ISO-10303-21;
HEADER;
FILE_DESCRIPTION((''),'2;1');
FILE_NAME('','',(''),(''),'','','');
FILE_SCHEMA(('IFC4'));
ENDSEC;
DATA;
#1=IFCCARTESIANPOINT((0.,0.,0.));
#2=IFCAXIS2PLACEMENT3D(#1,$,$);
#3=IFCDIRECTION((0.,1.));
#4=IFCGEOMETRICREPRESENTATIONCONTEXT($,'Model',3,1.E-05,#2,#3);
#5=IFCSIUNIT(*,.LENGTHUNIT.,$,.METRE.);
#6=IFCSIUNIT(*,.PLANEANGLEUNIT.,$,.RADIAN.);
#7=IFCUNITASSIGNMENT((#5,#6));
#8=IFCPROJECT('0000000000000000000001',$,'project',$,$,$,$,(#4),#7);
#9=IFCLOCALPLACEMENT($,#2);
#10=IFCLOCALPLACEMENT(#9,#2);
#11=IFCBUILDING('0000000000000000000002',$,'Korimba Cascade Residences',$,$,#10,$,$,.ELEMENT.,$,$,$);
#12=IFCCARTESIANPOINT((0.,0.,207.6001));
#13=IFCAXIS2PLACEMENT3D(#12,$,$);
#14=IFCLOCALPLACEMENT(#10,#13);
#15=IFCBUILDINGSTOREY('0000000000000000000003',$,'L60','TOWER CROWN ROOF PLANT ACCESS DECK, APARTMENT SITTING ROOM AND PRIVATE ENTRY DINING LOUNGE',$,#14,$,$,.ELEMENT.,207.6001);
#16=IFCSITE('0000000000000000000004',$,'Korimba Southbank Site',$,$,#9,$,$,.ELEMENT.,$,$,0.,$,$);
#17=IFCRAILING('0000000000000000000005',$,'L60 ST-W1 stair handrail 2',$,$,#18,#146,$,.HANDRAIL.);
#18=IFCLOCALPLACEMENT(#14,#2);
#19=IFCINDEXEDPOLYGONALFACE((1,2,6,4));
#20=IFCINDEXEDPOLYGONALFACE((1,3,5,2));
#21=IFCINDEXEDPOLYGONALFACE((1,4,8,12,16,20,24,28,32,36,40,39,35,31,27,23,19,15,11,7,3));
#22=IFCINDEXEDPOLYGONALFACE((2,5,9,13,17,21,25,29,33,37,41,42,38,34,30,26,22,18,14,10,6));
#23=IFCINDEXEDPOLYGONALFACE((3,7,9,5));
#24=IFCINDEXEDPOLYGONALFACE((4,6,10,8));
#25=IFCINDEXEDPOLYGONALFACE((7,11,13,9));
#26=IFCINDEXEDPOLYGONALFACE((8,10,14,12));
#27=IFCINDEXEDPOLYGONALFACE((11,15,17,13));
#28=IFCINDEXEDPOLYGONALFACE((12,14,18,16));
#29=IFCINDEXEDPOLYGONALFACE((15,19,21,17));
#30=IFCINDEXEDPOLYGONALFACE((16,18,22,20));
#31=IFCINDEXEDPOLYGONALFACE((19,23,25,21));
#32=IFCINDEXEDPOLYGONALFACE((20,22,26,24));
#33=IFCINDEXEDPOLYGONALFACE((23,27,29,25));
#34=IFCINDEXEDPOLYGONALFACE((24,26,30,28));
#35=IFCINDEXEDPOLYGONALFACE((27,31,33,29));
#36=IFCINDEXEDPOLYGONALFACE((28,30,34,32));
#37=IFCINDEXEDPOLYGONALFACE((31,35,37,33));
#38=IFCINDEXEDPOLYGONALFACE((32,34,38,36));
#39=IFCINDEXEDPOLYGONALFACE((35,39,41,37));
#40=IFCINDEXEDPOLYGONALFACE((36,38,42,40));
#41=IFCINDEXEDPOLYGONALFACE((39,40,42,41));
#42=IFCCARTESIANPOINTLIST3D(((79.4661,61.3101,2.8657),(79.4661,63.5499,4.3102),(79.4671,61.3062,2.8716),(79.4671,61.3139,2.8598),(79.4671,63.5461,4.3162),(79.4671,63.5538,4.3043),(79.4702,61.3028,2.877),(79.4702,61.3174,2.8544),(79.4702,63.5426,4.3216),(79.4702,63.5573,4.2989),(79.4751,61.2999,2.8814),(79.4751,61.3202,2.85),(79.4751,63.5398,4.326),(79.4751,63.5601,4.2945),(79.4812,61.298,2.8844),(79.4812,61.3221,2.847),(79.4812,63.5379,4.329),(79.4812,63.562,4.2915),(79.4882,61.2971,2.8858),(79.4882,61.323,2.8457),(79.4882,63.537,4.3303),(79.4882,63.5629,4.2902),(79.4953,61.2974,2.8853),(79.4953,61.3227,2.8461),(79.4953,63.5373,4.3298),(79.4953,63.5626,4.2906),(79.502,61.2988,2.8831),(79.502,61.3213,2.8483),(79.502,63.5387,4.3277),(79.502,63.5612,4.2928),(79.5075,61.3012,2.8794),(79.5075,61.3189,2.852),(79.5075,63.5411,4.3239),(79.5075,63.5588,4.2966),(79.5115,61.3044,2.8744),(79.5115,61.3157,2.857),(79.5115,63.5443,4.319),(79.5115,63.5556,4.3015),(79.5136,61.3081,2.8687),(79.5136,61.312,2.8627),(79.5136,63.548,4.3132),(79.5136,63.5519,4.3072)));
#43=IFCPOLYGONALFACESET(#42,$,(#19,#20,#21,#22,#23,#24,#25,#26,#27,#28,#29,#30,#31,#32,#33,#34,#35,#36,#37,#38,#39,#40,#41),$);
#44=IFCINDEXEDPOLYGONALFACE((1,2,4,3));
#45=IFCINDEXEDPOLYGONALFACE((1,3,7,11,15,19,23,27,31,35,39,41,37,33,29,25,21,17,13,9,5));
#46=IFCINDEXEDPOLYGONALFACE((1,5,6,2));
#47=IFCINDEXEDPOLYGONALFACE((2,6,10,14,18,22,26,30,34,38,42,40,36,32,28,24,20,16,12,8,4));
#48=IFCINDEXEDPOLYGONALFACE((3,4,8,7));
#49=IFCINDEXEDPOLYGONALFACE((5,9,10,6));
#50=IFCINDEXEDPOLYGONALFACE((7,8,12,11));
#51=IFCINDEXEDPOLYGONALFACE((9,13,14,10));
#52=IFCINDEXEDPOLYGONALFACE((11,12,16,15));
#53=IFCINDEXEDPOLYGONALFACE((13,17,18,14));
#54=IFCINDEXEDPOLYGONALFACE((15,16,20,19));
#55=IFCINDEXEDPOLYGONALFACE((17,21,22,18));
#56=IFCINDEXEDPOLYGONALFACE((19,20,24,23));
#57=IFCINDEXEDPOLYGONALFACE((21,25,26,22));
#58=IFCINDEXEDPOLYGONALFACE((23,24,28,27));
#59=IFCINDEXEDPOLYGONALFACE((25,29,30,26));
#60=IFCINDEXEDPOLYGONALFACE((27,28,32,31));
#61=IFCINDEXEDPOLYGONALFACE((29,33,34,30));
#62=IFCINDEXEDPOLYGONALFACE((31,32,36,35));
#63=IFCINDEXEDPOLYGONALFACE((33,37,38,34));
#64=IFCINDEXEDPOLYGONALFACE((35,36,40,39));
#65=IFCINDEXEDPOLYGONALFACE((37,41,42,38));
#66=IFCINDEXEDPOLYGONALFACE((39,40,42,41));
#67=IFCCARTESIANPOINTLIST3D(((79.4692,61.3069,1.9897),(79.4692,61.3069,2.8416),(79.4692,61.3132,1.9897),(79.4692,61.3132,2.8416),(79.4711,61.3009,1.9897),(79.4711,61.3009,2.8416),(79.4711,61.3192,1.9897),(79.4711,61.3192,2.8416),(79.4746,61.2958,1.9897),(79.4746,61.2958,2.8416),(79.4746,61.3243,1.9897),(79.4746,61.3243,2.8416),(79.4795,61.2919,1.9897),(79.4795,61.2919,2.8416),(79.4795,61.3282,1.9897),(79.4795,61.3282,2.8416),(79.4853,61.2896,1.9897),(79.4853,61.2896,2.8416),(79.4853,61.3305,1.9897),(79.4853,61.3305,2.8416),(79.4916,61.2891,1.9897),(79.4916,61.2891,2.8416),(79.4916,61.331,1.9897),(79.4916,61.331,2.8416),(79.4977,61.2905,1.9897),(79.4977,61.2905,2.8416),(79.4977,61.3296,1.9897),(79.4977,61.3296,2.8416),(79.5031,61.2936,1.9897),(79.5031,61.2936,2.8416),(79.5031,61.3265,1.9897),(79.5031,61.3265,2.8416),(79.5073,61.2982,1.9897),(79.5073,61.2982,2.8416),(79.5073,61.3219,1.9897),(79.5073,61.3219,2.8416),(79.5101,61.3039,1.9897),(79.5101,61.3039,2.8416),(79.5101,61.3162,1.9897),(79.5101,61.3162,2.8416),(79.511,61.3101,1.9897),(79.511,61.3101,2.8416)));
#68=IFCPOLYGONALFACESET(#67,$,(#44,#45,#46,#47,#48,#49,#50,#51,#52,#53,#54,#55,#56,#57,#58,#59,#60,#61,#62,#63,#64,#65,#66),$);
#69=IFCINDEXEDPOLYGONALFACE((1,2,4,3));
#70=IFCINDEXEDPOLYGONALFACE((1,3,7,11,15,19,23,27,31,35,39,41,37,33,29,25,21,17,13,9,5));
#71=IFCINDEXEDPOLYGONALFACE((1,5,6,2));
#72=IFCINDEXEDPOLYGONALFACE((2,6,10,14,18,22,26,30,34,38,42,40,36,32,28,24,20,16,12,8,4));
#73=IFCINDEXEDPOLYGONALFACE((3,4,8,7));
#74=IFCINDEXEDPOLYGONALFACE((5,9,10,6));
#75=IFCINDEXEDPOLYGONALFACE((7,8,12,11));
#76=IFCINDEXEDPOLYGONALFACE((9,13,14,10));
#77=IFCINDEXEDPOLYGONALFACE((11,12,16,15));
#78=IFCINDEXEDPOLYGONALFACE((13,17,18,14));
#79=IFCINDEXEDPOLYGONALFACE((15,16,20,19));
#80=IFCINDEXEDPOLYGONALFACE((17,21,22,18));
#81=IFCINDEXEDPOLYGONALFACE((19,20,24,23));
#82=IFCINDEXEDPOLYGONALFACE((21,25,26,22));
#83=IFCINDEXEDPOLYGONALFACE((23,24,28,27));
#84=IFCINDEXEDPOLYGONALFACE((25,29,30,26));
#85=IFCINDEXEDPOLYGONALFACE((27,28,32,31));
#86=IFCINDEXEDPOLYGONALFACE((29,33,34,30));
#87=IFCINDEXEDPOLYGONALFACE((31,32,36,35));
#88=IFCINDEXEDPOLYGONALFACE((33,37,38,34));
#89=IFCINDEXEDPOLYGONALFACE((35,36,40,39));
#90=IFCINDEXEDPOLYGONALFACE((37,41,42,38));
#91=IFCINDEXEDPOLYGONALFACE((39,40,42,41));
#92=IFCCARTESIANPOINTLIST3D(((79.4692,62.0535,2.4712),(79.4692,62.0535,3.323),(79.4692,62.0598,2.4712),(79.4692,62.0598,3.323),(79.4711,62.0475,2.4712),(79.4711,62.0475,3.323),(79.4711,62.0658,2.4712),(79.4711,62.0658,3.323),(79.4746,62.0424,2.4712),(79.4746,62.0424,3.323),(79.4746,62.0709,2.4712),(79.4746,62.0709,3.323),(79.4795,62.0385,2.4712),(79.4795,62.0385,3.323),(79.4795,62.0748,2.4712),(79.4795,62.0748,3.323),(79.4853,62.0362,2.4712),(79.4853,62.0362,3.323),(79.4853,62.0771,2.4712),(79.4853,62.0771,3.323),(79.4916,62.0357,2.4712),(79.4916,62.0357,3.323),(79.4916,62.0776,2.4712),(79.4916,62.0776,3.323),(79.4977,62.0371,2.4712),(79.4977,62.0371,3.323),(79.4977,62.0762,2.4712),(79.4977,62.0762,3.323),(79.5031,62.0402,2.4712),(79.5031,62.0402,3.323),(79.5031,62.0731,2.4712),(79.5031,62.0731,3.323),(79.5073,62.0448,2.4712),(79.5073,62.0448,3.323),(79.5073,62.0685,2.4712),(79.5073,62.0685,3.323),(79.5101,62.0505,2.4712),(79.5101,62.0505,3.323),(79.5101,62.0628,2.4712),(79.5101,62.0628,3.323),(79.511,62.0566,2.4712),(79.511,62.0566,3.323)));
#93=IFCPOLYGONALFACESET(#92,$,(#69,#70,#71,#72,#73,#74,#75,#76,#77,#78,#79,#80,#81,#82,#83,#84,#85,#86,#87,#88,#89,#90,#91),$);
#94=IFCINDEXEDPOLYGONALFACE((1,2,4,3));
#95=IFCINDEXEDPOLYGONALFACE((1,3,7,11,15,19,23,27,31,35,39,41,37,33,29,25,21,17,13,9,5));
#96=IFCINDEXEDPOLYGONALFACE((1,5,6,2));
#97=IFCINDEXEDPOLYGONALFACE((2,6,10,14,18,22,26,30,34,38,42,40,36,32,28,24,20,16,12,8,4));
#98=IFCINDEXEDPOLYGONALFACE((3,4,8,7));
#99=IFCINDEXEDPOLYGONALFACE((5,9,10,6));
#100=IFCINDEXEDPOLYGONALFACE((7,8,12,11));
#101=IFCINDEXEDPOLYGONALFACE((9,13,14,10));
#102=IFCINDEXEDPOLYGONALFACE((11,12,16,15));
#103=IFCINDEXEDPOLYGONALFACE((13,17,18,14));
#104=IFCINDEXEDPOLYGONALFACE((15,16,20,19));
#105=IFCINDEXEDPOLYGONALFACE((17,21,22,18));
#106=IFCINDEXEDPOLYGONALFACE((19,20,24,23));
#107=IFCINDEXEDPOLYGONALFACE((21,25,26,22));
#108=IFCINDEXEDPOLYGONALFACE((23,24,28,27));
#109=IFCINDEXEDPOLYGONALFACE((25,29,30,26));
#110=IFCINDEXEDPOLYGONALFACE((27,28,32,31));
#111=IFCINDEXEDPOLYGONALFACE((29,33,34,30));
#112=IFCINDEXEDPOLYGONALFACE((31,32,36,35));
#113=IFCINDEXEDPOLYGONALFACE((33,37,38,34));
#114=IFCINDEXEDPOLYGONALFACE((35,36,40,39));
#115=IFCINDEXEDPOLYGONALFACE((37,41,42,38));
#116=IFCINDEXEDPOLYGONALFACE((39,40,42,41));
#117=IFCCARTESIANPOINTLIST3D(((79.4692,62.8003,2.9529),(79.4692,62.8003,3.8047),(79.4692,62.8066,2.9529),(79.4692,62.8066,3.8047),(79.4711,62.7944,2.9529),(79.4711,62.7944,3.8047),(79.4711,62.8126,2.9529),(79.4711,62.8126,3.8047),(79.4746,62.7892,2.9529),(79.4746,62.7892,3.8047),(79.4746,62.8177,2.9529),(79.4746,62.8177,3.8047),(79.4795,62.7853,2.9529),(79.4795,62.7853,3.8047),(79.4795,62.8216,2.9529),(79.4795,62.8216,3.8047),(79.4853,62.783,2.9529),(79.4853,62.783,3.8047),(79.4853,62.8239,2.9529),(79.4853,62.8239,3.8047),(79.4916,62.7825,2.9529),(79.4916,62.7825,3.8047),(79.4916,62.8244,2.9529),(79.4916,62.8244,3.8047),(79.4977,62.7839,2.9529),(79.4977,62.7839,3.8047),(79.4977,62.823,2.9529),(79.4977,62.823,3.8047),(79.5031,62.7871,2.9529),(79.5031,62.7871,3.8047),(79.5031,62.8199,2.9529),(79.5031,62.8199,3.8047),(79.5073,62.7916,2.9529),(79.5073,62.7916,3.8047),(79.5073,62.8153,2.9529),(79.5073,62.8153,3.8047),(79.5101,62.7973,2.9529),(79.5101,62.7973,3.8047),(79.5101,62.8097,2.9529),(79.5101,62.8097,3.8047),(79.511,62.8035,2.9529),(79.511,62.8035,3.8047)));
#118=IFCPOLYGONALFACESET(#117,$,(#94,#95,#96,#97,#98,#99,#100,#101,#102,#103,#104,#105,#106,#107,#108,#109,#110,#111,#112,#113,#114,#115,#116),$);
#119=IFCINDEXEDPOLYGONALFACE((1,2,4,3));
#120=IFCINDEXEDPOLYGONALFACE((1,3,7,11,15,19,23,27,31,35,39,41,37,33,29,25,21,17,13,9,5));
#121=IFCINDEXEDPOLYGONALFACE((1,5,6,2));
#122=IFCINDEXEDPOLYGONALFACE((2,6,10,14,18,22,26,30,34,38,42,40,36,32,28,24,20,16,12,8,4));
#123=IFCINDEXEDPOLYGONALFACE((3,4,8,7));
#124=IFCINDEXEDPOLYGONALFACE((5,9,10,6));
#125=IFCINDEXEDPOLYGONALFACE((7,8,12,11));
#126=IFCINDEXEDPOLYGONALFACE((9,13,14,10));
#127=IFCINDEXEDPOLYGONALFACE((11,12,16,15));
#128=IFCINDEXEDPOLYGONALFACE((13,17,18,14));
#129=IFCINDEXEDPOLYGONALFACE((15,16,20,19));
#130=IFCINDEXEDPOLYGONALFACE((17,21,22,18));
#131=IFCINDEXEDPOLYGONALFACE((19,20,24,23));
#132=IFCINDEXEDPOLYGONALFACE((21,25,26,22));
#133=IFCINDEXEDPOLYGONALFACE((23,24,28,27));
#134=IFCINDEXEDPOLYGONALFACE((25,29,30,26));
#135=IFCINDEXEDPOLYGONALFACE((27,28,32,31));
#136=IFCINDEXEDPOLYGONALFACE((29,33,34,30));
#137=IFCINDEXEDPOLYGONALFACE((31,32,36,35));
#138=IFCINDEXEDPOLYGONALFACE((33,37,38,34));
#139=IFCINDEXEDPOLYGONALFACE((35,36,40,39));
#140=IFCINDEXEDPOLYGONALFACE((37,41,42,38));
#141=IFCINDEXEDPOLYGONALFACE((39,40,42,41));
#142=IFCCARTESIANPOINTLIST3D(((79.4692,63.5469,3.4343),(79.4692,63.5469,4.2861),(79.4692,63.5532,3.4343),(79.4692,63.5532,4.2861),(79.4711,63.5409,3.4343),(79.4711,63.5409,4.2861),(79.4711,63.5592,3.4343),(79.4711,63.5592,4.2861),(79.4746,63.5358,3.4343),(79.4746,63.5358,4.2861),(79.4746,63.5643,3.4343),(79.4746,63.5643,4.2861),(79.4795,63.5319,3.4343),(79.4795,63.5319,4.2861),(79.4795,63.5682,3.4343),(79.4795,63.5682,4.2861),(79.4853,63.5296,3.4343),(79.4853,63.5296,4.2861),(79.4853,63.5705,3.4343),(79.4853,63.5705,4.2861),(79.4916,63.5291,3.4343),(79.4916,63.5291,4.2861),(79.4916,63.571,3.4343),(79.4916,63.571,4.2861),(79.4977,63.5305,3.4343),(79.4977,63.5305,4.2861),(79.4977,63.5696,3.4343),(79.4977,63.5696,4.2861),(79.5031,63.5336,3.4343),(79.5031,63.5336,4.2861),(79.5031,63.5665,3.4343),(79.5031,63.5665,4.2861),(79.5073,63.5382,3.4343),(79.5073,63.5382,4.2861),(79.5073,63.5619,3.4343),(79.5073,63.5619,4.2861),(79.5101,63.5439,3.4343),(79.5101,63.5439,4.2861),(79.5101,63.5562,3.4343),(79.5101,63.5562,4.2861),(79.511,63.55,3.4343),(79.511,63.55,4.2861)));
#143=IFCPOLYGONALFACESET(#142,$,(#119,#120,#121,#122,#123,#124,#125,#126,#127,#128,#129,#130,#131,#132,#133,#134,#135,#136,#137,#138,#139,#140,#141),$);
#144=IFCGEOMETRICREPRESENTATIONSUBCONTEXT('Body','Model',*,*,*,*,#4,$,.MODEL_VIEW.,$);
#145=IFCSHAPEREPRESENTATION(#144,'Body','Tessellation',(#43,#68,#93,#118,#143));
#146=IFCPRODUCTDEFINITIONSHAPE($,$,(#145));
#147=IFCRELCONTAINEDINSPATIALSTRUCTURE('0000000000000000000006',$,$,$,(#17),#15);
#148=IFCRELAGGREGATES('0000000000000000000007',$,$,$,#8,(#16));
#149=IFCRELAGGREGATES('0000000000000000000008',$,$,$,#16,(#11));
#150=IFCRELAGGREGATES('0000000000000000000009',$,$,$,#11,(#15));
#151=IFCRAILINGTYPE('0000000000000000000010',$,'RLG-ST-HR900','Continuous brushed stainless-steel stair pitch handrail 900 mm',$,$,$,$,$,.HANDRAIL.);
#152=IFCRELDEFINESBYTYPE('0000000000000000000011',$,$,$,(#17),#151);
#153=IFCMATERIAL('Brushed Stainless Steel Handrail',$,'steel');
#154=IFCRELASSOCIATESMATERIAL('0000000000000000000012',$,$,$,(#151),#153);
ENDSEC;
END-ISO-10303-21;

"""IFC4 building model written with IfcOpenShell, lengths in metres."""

from ifc_helpers import new_model, si_unit, direction, frame, origin, origin_2d, place, context, subcontext, project, spatial, circle, extrude, material, type_object, element, save


model = new_model("IFC4")

# Units and contexts
model_context = context("Model", 3, precision=1e-05, world=origin(), true_north=direction((0.0, 1.0)))
body_context = subcontext(model_context, "Body", "Model", "MODEL_VIEW")
ifc_project = project(units=[si_unit("LENGTHUNIT", "METRE"), si_unit("PLANEANGLEUNIT", "RADIAN")], contexts=[model_context])

# Site, building, storey
site_placement = place(None, origin())
site = spatial("IfcSite", under=ifc_project, at=site_placement, Name="Korimba Southbank Site", CompositionType="ELEMENT", RefElevation=0.0)
building_placement = place(site_placement, origin())
building = spatial("IfcBuilding", under=site, at=building_placement, Name="Korimba Cascade Residences", CompositionType="ELEMENT")
storey_placement = place(building_placement, frame((0.0, 0.0, 207.6001)))
storey = spatial("IfcBuildingStorey", under=building, at=storey_placement, Name="L60", Description="TOWER CROWN ROOF PLANT ACCESS DECK, APARTMENT SITTING ROOM AND PRIVATE ENTRY DINING LOUNGE", CompositionType="ELEMENT", Elevation=207.6001)

# Railing
ifc_material_1 = material(Name="Brushed Stainless Steel Handrail", Category="steel")
railing_type_1 = type_object("IfcRailingType", Name="RLG-ST-HR900", Description="Continuous brushed stainless-steel stair pitch handrail 900 mm", PredefinedType="HANDRAIL", material=ifc_material_1)
railing_1_placement = place(storey_placement, frame((79.49, 61.3101, 1.9897)))
element("IfcRailing", 1, at=railing_1_placement, inside=storey, type_object=railing_type_1, Name="L60 ST-W1 stair handrail 2", PredefinedType="HANDRAIL", context=body_context, shape_type="SweptSolid", body=[
    extrude(circle(Radius=0.0239, at=origin_2d()), frame((0.0, 0.0, 0.876), z_axis=(0.0, 0.840395, 0.541975), x_axis=(-1.0, 0.0, 0.0)), (0.0, 0.0, 1.0), 2.6653),
    extrude(circle(Radius=0.021, at=origin_2d()), origin(), (0.0, 0.0, 1.0), 0.8518),
    extrude(circle(Radius=0.021, at=origin_2d()), frame((0.0, 0.7466, 0.4814)), (0.0, 0.0, 1.0), 0.8518),
    extrude(circle(Radius=0.021, at=origin_2d()), frame((0.0, 1.4934, 0.9631)), (0.0, 0.0, 1.0), 0.8518),
    extrude(circle(Radius=0.021, at=origin_2d()), frame((0.0, 2.24, 1.4446)), (0.0, 0.0, 1.0), 0.8518),
])

save(model, "model.ifc")
